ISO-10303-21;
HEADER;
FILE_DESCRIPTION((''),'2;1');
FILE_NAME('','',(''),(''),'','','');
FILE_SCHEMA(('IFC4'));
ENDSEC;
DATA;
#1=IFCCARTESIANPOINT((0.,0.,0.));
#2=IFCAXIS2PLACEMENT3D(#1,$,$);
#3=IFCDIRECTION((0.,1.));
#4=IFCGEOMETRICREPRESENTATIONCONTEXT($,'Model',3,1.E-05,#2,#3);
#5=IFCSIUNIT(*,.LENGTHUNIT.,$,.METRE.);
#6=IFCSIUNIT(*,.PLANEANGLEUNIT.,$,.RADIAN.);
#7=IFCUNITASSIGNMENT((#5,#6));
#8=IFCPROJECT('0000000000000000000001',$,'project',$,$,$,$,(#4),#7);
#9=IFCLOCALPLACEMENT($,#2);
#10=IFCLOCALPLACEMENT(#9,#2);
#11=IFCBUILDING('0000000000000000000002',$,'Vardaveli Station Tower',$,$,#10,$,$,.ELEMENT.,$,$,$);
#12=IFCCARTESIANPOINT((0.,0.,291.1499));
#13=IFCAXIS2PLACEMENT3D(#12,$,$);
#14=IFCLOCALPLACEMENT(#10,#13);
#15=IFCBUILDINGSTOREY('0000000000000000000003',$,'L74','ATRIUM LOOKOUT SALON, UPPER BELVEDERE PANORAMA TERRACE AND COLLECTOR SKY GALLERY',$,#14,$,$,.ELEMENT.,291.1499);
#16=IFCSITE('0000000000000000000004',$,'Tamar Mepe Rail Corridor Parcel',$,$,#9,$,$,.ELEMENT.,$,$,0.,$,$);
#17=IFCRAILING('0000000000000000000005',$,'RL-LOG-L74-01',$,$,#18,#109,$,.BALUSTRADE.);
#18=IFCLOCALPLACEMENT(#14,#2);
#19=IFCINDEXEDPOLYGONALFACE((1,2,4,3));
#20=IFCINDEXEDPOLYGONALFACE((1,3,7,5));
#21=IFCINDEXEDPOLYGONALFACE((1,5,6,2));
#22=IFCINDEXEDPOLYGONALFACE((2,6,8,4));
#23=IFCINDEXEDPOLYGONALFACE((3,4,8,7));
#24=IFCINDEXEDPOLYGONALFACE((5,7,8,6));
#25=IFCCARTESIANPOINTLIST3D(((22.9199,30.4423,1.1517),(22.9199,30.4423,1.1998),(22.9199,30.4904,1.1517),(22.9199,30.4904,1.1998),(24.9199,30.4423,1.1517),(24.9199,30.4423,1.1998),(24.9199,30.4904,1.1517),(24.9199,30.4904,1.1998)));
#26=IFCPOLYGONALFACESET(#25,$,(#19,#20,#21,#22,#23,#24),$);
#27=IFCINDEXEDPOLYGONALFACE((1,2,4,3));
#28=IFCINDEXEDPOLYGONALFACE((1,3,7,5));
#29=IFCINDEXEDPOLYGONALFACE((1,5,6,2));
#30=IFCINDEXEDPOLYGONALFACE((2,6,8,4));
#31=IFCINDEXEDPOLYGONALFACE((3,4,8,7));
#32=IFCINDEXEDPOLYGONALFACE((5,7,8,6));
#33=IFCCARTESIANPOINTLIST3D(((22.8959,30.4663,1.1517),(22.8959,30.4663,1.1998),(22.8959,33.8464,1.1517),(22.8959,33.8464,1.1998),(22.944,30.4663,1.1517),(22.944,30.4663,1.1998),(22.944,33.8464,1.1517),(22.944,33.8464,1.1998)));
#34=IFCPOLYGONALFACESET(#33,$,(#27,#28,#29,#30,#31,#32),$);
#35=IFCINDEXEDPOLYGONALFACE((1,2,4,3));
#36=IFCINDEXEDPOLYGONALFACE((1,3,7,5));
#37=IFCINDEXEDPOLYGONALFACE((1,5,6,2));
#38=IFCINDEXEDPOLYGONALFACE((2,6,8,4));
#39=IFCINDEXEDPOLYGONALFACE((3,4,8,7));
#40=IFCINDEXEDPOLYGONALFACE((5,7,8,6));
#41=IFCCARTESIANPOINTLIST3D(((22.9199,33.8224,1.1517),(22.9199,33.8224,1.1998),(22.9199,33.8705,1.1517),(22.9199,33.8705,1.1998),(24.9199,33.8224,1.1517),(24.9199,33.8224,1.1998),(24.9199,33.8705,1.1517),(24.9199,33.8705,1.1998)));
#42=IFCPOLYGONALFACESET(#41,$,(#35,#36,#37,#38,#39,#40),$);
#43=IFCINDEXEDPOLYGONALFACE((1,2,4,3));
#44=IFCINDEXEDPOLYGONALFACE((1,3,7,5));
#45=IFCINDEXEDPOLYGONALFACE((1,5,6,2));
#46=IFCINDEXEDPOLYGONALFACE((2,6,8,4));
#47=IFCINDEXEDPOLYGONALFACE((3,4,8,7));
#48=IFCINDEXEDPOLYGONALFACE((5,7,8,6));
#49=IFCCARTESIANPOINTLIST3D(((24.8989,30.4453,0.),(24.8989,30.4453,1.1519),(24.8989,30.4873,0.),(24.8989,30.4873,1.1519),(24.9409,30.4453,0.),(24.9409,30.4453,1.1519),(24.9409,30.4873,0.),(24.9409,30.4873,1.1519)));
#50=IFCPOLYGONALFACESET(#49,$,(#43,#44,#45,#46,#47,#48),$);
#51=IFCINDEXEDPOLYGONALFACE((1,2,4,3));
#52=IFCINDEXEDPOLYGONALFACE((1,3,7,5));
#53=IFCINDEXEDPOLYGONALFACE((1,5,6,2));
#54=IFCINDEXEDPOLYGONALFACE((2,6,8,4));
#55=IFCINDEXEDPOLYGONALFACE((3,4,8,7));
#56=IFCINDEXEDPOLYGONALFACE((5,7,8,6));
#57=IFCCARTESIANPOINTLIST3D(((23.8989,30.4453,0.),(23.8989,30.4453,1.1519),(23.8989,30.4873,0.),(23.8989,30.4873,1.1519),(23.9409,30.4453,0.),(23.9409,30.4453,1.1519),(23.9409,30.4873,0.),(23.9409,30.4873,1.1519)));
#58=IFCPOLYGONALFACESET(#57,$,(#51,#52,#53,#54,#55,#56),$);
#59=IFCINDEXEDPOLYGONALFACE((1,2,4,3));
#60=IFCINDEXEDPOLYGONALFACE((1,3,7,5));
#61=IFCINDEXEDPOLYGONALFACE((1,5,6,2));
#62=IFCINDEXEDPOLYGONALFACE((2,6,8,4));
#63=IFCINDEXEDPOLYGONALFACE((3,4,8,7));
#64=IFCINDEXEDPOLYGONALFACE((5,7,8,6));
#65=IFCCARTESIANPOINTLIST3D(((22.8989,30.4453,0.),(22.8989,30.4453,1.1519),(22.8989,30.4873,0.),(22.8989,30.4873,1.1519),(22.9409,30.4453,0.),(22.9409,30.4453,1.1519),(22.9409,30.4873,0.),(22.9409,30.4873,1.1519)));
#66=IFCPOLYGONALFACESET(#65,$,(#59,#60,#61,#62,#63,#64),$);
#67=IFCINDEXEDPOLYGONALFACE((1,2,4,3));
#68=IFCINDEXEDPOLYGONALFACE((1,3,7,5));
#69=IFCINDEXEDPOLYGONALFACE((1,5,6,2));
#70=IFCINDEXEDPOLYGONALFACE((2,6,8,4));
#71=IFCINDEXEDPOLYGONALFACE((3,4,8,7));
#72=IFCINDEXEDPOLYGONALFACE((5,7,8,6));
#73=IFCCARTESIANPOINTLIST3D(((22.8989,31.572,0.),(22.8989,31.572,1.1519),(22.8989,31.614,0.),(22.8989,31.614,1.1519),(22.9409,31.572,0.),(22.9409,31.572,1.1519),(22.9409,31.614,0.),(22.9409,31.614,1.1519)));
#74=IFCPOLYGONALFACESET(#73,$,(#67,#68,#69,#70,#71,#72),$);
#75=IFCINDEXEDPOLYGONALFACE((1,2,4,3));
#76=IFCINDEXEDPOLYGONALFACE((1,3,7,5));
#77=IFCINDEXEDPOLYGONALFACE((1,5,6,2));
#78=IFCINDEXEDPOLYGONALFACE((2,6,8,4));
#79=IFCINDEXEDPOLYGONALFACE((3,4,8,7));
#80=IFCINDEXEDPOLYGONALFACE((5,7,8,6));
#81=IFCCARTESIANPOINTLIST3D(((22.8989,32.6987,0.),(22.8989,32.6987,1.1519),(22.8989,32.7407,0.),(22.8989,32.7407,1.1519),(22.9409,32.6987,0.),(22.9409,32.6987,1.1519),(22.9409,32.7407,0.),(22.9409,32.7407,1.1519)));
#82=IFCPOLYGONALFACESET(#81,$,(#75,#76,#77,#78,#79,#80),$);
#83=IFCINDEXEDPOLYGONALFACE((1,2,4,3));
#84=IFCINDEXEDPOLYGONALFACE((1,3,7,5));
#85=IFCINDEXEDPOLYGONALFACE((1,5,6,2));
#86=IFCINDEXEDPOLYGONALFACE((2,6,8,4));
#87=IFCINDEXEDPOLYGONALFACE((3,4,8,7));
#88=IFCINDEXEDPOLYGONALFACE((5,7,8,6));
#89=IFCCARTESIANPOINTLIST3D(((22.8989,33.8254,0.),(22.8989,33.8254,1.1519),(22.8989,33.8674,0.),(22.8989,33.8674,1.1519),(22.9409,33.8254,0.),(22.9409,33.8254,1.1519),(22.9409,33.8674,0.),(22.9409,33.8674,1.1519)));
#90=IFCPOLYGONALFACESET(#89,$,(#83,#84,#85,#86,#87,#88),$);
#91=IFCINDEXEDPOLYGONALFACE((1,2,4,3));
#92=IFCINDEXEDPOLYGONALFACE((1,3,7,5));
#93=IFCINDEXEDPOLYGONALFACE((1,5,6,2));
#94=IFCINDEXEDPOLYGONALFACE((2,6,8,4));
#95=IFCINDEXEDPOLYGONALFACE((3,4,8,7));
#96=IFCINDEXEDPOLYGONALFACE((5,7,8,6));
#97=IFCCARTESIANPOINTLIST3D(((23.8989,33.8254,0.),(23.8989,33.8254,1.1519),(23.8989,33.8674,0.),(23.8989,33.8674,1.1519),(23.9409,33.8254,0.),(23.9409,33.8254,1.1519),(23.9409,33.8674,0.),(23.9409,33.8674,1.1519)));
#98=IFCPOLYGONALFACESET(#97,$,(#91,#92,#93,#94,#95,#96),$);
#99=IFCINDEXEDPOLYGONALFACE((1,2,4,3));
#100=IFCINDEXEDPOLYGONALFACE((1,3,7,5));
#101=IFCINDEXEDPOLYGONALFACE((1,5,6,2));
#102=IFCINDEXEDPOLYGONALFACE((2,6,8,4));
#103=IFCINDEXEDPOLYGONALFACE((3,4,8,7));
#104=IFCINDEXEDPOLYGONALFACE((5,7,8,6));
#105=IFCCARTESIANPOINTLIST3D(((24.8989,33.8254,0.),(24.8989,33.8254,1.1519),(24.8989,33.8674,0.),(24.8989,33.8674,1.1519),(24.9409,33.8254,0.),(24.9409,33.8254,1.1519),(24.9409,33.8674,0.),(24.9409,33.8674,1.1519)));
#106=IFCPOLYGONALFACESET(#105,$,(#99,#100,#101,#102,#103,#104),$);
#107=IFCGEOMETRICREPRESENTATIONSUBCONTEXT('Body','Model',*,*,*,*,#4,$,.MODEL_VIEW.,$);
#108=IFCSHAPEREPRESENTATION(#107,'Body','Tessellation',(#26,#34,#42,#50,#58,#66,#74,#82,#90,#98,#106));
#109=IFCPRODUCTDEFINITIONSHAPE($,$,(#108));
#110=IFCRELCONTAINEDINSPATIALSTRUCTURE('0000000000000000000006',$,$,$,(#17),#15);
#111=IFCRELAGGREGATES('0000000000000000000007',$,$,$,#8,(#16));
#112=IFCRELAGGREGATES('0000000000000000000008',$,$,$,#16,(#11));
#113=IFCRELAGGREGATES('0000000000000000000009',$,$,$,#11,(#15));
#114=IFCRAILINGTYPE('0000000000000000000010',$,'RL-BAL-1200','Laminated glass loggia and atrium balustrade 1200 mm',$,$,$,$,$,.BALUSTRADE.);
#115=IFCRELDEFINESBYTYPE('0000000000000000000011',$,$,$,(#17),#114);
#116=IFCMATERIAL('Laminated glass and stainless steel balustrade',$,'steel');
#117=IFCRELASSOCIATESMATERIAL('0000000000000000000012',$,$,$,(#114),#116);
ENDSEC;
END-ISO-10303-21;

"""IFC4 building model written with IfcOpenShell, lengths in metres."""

from ifc_helpers import new_model, si_unit, direction, frame, origin, origin_2d, place, context, subcontext, project, spatial, rectangle, extrude, source, transform, mapped, material, type_object, element, save


model = new_model("IFC4")

# Units and contexts
model_context = context("Model", 3, precision=1e-05, world=origin(), true_north=direction((0.0, 1.0)))
body_context = subcontext(model_context, "Body", "Model", "MODEL_VIEW")
ifc_project = project(units=[si_unit("LENGTHUNIT", "METRE"), si_unit("PLANEANGLEUNIT", "RADIAN")], contexts=[model_context])

# Site, building, storey
site_placement = place(None, origin())
site = spatial("IfcSite", under=ifc_project, at=site_placement, Name="Tamar Mepe Rail Corridor Parcel", CompositionType="ELEMENT", RefElevation=0.0)
building_placement = place(site_placement, origin())
building = spatial("IfcBuilding", under=site, at=building_placement, Name="Vardaveli Station Tower", CompositionType="ELEMENT")
storey_placement = place(building_placement, frame((0.0, 0.0, 291.1499)))
storey = spatial("IfcBuildingStorey", under=building, at=storey_placement, Name="L74", Description="ATRIUM LOOKOUT SALON, UPPER BELVEDERE PANORAMA TERRACE AND COLLECTOR SKY GALLERY", CompositionType="ELEMENT", Elevation=291.1499)

# Railing
ifc_material_1 = material(Name="Laminated glass and stainless steel balustrade", Category="steel")
railing_type = type_object("IfcRailingType", Name="RL-BAL-1200", Description="Laminated glass loggia and atrium balustrade 1200 mm", PredefinedType="BALUSTRADE", material=ifc_material_1)
shared_shape_1 = source(origin(), body_context, "Body", "SweptSolid", [
    extrude(rectangle(XDim=0.0481, YDim=0.0481, at=origin_2d()), frame((0.0, 0.0, 1.1758), z_axis=(-1.0, 0.0, 0.0), x_axis=(0.0, -1.0, 0.0)), (0.0, 0.0, 1.0), 2.0),
    extrude(rectangle(XDim=0.0481, YDim=0.0481, at=origin_2d()), frame((-2.0, 0.0, 1.1758), z_axis=(0.0, 1.0, 0.0), x_axis=(-1.0, 0.0, 0.0)), (0.0, 0.0, 1.0), 3.3801),
    extrude(rectangle(XDim=0.0481, YDim=0.0481, at=origin_2d()), frame((-2.0, 3.3801, 1.1758), z_axis=(1.0, 0.0, 0.0), x_axis=(0.0, 1.0, 0.0)), (0.0, 0.0, 1.0), 2.0),
    extrude(rectangle(XDim=0.042, YDim=0.042, at=origin_2d()), origin(), (0.0, 0.0, 1.0), 1.1519),
    extrude(rectangle(XDim=0.042, YDim=0.042, at=origin_2d()), frame((-1.0, 0.0, 0.0)), (0.0, 0.0, 1.0), 1.1519),
    extrude(rectangle(XDim=0.042, YDim=0.042, at=origin_2d()), frame((-2.0, 0.0, 0.0)), (0.0, 0.0, 1.0), 1.1519),
    extrude(rectangle(XDim=0.042, YDim=0.042, at=origin_2d()), frame((-2.0, 1.1267, 0.0)), (0.0, 0.0, 1.0), 1.1519),
    extrude(rectangle(XDim=0.042, YDim=0.042, at=origin_2d()), frame((-2.0, 2.2534, 0.0)), (0.0, 0.0, 1.0), 1.1519),
    extrude(rectangle(XDim=0.042, YDim=0.042, at=origin_2d()), frame((-2.0, 3.3801, 0.0)), (0.0, 0.0, 1.0), 1.1519),
    extrude(rectangle(XDim=0.042, YDim=0.042, at=origin_2d()), frame((-1.0, 3.3801, 0.0)), (0.0, 0.0, 1.0), 1.1519),
    extrude(rectangle(XDim=0.042, YDim=0.042, at=origin_2d()), frame((0.0, 3.3801, 0.0)), (0.0, 0.0, 1.0), 1.1519),
])
railing_placement = place(storey_placement, frame((24.9199, 30.4663, 0.0)))
element("IfcRailing", 1, at=railing_placement, inside=storey, type_object=railing_type, Name="RL-LOG-L74-01", PredefinedType="BALUSTRADE", context=body_context, shape_type="MappedRepresentation", body=[
    mapped(shared_shape_1, transform((0.0, 0.0, 0.0), scale=1.0)),
])

save(model, "model.ifc")
